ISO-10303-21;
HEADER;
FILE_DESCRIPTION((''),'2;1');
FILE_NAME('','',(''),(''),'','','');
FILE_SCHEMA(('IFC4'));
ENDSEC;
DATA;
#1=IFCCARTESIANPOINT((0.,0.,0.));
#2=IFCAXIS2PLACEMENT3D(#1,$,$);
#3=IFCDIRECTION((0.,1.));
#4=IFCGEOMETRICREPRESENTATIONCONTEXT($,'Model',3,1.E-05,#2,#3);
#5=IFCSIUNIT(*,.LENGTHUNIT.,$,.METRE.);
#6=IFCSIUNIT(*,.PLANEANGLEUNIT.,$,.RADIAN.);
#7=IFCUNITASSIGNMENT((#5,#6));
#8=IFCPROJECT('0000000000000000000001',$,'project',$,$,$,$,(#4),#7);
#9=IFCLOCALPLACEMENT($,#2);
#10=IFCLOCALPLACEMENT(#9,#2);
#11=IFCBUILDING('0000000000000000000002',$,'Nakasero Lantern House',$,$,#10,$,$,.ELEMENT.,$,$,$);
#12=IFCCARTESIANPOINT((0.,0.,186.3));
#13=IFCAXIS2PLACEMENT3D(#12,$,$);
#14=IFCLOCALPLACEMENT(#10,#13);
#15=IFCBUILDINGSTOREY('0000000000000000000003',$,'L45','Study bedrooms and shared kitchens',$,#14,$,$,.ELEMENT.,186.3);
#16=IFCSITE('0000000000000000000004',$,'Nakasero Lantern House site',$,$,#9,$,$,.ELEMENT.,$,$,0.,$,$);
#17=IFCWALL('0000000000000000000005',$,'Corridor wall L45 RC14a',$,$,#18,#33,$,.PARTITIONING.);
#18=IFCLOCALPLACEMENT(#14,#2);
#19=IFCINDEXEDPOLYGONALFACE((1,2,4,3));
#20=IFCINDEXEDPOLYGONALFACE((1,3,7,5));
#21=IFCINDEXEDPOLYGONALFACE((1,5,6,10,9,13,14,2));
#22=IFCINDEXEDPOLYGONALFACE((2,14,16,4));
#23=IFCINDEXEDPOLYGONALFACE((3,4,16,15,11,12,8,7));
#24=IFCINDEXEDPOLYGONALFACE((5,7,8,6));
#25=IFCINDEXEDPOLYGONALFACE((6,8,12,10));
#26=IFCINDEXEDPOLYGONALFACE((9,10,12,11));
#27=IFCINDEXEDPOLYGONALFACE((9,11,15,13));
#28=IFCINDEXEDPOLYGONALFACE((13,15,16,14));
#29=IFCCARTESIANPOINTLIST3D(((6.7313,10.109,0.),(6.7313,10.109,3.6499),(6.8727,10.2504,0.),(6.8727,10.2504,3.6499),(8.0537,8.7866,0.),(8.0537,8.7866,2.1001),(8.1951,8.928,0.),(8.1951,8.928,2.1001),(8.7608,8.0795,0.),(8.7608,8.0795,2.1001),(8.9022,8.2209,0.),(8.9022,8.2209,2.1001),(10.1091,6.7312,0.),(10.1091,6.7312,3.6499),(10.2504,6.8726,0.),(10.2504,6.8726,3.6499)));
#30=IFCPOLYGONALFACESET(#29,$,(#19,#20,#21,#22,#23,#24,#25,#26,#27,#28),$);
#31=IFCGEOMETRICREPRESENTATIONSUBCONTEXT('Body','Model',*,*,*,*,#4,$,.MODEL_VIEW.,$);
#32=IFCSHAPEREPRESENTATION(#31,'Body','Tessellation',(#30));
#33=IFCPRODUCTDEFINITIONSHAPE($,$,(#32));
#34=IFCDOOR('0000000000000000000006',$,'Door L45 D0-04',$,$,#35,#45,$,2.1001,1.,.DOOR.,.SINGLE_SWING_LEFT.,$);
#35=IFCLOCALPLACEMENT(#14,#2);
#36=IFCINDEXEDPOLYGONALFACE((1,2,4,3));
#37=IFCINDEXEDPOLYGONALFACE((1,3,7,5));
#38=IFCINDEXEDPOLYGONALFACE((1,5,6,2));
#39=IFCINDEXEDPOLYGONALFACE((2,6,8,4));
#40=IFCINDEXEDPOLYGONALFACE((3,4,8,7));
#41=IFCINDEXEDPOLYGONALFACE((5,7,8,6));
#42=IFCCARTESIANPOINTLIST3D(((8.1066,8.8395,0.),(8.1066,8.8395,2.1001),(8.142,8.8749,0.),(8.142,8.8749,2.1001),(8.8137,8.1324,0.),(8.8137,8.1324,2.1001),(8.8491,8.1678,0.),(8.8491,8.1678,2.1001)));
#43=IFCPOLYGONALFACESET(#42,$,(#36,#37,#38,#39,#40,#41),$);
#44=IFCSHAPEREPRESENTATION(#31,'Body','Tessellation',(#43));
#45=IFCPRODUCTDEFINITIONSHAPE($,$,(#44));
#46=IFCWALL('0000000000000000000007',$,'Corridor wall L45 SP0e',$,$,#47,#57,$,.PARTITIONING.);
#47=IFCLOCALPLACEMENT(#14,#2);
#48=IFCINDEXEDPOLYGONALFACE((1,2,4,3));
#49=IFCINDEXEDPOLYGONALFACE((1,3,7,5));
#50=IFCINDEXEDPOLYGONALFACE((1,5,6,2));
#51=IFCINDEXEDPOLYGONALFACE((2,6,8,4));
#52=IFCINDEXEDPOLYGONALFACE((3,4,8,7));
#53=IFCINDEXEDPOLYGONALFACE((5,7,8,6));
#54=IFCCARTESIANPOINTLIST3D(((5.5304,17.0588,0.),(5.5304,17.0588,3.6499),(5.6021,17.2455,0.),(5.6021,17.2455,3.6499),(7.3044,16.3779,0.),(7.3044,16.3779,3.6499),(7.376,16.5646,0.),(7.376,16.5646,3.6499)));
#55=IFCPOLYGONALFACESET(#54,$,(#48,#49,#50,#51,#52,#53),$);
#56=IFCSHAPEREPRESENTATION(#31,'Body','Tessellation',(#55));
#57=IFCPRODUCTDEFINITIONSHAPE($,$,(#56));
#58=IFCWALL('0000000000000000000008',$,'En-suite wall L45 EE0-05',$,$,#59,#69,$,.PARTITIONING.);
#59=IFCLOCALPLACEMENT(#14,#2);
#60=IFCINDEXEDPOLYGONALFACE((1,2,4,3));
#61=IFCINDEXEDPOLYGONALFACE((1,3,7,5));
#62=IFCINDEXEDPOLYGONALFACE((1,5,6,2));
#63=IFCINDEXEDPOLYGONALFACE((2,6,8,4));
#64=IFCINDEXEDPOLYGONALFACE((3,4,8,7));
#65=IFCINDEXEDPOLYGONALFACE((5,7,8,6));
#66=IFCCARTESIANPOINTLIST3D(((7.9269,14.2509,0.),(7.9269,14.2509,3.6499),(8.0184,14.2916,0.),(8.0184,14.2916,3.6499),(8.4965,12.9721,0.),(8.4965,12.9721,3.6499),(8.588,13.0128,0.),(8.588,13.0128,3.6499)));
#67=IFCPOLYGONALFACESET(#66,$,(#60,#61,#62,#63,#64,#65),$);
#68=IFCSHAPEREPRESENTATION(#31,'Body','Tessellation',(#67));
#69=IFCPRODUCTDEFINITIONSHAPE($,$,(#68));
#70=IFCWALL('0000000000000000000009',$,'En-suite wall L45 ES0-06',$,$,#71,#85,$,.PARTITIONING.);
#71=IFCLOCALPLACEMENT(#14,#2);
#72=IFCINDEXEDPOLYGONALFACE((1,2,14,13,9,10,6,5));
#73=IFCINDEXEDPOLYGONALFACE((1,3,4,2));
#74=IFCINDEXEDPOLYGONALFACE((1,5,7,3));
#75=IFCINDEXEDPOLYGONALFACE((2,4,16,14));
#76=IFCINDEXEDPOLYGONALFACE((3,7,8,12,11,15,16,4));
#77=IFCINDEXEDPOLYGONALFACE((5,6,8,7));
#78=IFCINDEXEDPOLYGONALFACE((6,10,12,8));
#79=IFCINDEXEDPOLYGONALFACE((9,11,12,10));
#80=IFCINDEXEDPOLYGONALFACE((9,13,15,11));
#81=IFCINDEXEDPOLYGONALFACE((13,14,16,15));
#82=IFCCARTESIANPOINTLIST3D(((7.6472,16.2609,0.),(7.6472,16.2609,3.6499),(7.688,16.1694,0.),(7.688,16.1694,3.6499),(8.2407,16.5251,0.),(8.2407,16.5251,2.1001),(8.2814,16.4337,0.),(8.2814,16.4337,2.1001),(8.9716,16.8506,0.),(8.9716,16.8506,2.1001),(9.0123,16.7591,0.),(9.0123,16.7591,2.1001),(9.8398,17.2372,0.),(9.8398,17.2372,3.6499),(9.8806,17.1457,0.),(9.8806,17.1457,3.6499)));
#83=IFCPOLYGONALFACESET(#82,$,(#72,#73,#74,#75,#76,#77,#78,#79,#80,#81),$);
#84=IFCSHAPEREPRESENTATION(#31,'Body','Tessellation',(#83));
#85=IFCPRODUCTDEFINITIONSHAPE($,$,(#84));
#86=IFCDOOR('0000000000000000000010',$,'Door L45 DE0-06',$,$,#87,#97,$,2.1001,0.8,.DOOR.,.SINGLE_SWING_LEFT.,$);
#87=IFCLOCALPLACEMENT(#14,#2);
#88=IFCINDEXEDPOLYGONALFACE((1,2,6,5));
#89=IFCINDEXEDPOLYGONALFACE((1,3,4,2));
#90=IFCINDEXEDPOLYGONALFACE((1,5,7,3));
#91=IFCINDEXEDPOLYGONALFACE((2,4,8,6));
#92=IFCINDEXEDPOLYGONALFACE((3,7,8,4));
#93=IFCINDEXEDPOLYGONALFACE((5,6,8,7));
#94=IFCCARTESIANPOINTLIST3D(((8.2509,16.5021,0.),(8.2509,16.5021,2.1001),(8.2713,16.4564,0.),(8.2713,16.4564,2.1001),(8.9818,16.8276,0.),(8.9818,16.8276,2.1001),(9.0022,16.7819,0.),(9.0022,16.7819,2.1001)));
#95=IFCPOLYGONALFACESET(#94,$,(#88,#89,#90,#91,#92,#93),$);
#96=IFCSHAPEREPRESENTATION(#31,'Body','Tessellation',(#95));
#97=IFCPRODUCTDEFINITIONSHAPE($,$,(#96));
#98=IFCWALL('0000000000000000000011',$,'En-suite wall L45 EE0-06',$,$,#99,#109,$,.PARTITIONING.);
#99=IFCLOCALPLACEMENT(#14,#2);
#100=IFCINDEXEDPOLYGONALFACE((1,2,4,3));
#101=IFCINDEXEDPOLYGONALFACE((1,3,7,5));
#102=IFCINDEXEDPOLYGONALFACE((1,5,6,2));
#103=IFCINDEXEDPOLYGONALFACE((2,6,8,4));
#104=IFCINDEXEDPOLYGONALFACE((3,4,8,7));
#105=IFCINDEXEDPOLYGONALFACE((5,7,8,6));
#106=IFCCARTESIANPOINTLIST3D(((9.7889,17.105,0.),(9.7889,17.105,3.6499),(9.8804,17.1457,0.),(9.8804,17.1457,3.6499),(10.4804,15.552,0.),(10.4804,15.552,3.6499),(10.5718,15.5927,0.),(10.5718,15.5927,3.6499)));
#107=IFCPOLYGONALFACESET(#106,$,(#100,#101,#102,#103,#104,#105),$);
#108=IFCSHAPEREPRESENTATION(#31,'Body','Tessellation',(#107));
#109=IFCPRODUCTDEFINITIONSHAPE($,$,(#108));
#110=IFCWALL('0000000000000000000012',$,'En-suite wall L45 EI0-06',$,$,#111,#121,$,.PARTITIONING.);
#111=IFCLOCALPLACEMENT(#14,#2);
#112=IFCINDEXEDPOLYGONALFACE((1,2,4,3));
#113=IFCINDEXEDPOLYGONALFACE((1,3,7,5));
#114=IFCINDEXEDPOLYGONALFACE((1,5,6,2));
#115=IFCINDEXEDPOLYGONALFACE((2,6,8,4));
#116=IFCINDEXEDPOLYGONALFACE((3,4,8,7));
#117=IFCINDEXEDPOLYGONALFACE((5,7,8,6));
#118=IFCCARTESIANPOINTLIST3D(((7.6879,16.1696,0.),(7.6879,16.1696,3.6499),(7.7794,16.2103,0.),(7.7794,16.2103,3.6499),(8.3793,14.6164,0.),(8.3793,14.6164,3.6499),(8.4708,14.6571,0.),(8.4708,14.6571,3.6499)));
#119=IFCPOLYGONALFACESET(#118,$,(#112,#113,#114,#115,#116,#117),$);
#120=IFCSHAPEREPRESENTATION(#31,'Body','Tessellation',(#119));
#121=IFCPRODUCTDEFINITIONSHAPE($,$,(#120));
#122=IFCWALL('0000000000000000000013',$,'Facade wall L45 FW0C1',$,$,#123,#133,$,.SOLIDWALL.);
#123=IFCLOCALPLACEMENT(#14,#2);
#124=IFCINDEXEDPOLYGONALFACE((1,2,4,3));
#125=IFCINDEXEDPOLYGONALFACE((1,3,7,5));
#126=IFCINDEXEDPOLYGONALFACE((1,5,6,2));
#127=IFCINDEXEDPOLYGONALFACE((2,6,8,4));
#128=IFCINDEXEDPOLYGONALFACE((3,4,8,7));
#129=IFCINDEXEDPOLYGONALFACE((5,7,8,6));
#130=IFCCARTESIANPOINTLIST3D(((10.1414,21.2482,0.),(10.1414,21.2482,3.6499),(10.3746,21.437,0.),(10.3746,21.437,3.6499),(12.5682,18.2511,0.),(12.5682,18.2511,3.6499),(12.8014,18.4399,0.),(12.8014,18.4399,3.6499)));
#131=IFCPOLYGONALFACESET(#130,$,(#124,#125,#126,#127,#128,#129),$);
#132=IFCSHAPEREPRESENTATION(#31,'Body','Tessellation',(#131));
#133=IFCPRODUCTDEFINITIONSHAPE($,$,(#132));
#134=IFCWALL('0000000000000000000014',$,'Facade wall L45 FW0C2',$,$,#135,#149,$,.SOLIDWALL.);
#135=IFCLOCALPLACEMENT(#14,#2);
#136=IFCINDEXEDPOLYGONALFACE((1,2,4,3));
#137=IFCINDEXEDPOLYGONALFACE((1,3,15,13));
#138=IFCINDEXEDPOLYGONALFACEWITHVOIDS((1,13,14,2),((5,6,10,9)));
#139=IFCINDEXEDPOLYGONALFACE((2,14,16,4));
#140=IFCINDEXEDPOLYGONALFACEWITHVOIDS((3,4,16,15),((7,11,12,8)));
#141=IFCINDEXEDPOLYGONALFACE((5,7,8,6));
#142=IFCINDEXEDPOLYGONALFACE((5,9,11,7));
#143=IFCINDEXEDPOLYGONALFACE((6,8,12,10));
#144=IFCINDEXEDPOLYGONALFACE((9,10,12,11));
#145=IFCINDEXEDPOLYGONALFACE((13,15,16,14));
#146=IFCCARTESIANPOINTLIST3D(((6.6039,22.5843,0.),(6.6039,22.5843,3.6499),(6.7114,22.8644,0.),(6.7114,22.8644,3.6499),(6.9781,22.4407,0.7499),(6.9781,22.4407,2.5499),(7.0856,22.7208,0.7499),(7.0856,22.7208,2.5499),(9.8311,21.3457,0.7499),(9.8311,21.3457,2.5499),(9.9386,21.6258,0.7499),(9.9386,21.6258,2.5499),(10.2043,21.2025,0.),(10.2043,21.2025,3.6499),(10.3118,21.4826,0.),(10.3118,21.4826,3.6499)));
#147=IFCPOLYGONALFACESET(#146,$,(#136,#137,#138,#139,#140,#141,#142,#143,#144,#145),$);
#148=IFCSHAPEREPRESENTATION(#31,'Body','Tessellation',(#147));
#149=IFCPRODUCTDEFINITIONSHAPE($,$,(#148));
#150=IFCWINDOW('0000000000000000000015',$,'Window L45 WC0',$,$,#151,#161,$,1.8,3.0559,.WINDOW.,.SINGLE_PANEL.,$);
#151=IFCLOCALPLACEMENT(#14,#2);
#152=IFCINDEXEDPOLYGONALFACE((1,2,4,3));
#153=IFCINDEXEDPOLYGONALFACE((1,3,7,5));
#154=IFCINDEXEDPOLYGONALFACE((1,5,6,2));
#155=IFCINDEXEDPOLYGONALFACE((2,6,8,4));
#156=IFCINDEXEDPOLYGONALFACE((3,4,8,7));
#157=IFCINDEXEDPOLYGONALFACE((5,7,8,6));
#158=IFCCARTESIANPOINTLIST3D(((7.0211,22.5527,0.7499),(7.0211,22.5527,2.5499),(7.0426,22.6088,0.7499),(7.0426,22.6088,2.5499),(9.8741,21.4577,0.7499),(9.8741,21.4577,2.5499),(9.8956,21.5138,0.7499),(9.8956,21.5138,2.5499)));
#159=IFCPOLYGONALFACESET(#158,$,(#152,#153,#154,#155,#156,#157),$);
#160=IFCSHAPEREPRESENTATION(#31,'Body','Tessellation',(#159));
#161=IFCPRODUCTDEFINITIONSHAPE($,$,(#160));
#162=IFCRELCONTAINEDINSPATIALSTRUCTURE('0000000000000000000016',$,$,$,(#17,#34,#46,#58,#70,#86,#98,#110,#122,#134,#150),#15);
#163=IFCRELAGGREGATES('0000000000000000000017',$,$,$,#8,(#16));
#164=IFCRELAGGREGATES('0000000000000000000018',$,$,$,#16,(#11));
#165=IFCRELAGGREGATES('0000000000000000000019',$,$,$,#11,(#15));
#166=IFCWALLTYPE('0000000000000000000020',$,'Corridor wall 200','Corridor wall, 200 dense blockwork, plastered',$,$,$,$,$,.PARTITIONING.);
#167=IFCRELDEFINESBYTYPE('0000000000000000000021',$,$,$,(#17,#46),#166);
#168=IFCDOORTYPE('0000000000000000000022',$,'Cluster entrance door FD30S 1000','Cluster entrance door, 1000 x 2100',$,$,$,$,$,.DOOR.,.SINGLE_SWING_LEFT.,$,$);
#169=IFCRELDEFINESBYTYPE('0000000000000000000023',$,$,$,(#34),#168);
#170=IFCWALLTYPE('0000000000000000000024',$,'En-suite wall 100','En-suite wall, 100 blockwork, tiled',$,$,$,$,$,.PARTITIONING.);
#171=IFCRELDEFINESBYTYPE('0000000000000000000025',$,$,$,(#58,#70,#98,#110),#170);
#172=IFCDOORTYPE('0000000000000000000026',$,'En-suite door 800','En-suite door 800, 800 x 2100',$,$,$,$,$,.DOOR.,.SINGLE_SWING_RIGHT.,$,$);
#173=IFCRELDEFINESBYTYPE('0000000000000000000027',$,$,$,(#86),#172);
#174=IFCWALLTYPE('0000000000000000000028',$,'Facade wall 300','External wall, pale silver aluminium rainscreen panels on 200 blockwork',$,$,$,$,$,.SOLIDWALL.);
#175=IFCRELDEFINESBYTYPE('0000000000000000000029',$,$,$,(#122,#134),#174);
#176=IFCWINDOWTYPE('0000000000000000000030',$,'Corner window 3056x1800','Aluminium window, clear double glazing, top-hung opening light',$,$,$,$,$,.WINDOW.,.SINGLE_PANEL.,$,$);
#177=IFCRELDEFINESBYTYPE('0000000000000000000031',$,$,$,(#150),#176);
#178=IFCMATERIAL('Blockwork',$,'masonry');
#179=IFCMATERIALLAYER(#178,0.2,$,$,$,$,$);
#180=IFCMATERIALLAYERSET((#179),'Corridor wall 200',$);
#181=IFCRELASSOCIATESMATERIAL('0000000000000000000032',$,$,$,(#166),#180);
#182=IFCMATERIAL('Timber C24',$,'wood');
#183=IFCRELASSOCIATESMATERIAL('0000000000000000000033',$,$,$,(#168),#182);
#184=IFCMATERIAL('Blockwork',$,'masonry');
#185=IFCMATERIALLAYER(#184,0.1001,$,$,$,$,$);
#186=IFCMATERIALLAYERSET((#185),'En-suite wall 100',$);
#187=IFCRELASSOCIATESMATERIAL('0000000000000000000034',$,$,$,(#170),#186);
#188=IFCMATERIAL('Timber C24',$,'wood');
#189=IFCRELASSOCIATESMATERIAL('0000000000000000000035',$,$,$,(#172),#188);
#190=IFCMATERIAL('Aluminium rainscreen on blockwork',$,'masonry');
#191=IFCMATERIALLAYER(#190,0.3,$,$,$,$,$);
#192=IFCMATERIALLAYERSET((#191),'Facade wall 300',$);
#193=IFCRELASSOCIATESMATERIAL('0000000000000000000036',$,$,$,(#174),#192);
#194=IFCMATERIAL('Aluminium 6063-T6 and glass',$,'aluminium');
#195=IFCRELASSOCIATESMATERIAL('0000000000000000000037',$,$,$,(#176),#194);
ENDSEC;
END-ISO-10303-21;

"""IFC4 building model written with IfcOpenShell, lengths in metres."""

from ifc_helpers import new_model, si_unit, direction, frame, frame_2d, origin, place, context, subcontext, project, spatial, rectangle, extrude, material, layer, layer_set, type_object, element, fill, save


model = new_model("IFC4")

# Units and contexts
model_context = context("Model", 3, precision=1e-05, world=origin(), true_north=direction((0.0, 1.0)))
body_context = subcontext(model_context, "Body", "Model", "MODEL_VIEW")
ifc_project = project(units=[si_unit("LENGTHUNIT", "METRE"), si_unit("PLANEANGLEUNIT", "RADIAN")], contexts=[model_context])

# Site, building, storey
site_placement = place(None, origin())
site = spatial("IfcSite", under=ifc_project, at=site_placement, Name="Nakasero Lantern House site", CompositionType="ELEMENT", RefElevation=0.0)
building_placement = place(site_placement, origin())
building = spatial("IfcBuilding", under=site, at=building_placement, Name="Nakasero Lantern House", CompositionType="ELEMENT")
storey_placement = place(building_placement, frame((0.0, 0.0, 186.3)))
storey = spatial("IfcBuildingStorey", under=building, at=storey_placement, Name="L45", Description="Study bedrooms and shared kitchens", CompositionType="ELEMENT", Elevation=186.3)

# Wall, opening, door
ifc_material_1 = material(Name="Blockwork", Category="masonry")
ifc_layer_1 = layer(ifc_material_1, 0.2)
ifc_layer_set_1 = layer_set([ifc_layer_1], Name="Corridor wall 200")
wall_type_1 = type_object("IfcWallType", Name="Corridor wall 200", Description="Corridor wall, 200 dense blockwork, plastered", PredefinedType="PARTITIONING", material=ifc_layer_set_1)
wall_1_placement = place(storey_placement, frame((6.802, 10.1797, 0.0), z_axis=(0.0, 0.0, 1.0), x_axis=(0.707107, -0.707107, 0.0)))
wall_1 = element("IfcWall", 1, at=wall_1_placement, inside=storey, type_object=wall_type_1, Name="Corridor wall L45 RC14a", PredefinedType="PARTITIONING", context=body_context, shape_type="SweptSolid", body=[
    extrude(rectangle(XDim=4.7769, YDim=0.2, at=frame_2d((2.3884, 0.0))), origin(), (0.0, 0.0, 1.0), 3.6499),
])
opening_1_placement = place(wall_1_placement, frame((1.8701, 0.0, 0.0)))
opening_1 = element("IfcOpeningElement", 2, at=opening_1_placement, cuts=wall_1, PredefinedType="OPENING", context=body_context, shape_type="SweptSolid", body=[
    extrude(rectangle(XDim=1.0, YDim=2.1001, at=frame_2d((0.5, 1.05))), frame((0.0, 0.1199, 0.0), z_axis=(0.0, -1.0, 0.0), x_axis=(1.0, 0.0, 0.0)), (0.0, 0.0, 1.0), 0.24),
])
ifc_material_2 = material(Name="Timber C24", Category="wood")
door_type_1 = type_object("IfcDoorType", Name="Cluster entrance door FD30S 1000", Description="Cluster entrance door, 1000 x 2100", OperationType="SINGLE_SWING_LEFT", PredefinedType="DOOR", material=ifc_material_2)
door_1_placement = place(opening_1_placement, origin())
door_1 = element("IfcDoor", 3, at=door_1_placement, inside=storey, type_object=door_type_1, Name="Door L45 D0-04", OperationType="SINGLE_SWING_LEFT", OverallHeight=2.1001, OverallWidth=1.0, PredefinedType="DOOR", context=body_context, shape_type="SweptSolid", body=[
    extrude(rectangle(XDim=1.0, YDim=2.1001, at=frame_2d((0.5, 1.05))), frame((0.0, 0.0249, 0.0), z_axis=(0.0, -1.0, 0.0), x_axis=(1.0, 0.0, 0.0)), (0.0, 0.0, 1.0), 0.05),
])
fill(opening_1, door_1)

# Walls
wall_2_placement = place(storey_placement, frame((7.3403, 16.4712, 0.0), z_axis=(0.0, 0.0, 1.0), x_axis=(-0.933587, 0.35835, 0.0)))
element("IfcWall", 4, at=wall_2_placement, inside=storey, type_object=wall_type_1, Name="Corridor wall L45 SP0e", PredefinedType="PARTITIONING", context=body_context, shape_type="SweptSolid", body=[
    extrude(rectangle(XDim=1.9001, YDim=0.2, at=frame_2d((0.9502, 0.0))), origin(), (0.0, 0.0, 1.0), 3.6499),
])
ifc_material_3 = material(Name="Blockwork", Category="masonry")
ifc_layer_2 = layer(ifc_material_3, 0.1001)
ifc_layer_set_2 = layer_set([ifc_layer_2], Name="En-suite wall 100")
wall_type_2 = type_object("IfcWallType", Name="En-suite wall 100", Description="En-suite wall, 100 blockwork, tiled", PredefinedType="PARTITIONING", material=ifc_layer_set_2)
wall_3_placement = place(storey_placement, frame((8.5422, 12.9924, 0.0), z_axis=(0.0, 0.0, 1.0), x_axis=(-0.406866, 0.913488, 0.0)))
element("IfcWall", 5, at=wall_3_placement, inside=storey, type_object=wall_type_2, Name="En-suite wall L45 EE0-05", PredefinedType="PARTITIONING", context=body_context, shape_type="SweptSolid", body=[
    extrude(rectangle(XDim=1.3999, YDim=0.1001, at=frame_2d((0.7, 0.0))), origin(), (0.0, 0.0, 1.0), 3.6499),
])

# Wall, opening, door
wall_4_placement = place(storey_placement, frame((7.6675, 16.2151, 0.0), z_axis=(0.0, 0.0, 1.0), x_axis=(0.91353, 0.406771, 0.0)))
wall_4 = element("IfcWall", 6, at=wall_4_placement, inside=storey, type_object=wall_type_2, Name="En-suite wall L45 ES0-06", PredefinedType="PARTITIONING", context=body_context, shape_type="SweptSolid", body=[
    extrude(rectangle(XDim=2.4001, YDim=0.1001, at=frame_2d((1.2002, 0.0))), origin(), (0.0, 0.0, 1.0), 3.6499),
])
opening_2_placement = place(wall_4_placement, frame((0.6499, 0.0, 0.0)))
opening_2 = element("IfcOpeningElement", 7, at=opening_2_placement, cuts=wall_4, PredefinedType="OPENING", context=body_context, shape_type="SweptSolid", body=[
    extrude(rectangle(XDim=0.8, YDim=2.1001, at=frame_2d((0.3999, 1.05))), frame((0.0, 0.0701, 0.0), z_axis=(0.0, -1.0, 0.0), x_axis=(1.0, 0.0, 0.0)), (0.0, 0.0, 1.0), 0.1401),
])
ifc_material_4 = material(Name="Timber C24", Category="wood")
door_type_2 = type_object("IfcDoorType", Name="En-suite door 800", Description="En-suite door 800, 800 x 2100", OperationType="SINGLE_SWING_RIGHT", PredefinedType="DOOR", material=ifc_material_4)
door_2_placement = place(opening_2_placement, origin())
door_2 = element("IfcDoor", 8, at=door_2_placement, inside=storey, type_object=door_type_2, Name="Door L45 DE0-06", OperationType="SINGLE_SWING_LEFT", OverallHeight=2.1001, OverallWidth=0.8, PredefinedType="DOOR", context=body_context, shape_type="SweptSolid", body=[
    extrude(rectangle(XDim=0.8, YDim=2.1001, at=frame_2d((0.3999, 1.05))), frame((0.0, 0.0249, 0.0), z_axis=(0.0, -1.0, 0.0), x_axis=(1.0, 0.0, 0.0)), (0.0, 0.0, 1.0), 0.05),
])
fill(opening_2, door_2)

# Walls
wall_5_placement = place(storey_placement, frame((10.5261, 15.5723, 0.0), z_axis=(0.0, 0.0, 1.0), x_axis=(-0.406725, 0.913551, 0.0)))
element("IfcWall", 9, at=wall_5_placement, inside=storey, type_object=wall_type_2, Name="En-suite wall L45 EE0-06", PredefinedType="PARTITIONING", context=body_context, shape_type="SweptSolid", body=[
    extrude(rectangle(XDim=1.7, YDim=0.1001, at=frame_2d((0.8501, 0.0))), origin(), (0.0, 0.0, 1.0), 3.6499),
])
wall_6_placement = place(storey_placement, frame((8.425, 14.6367, 0.0), z_axis=(0.0, 0.0, 1.0), x_axis=(-0.406671, 0.913575, 0.0)))
element("IfcWall", 10, at=wall_6_placement, inside=storey, type_object=wall_type_2, Name="En-suite wall L45 EI0-06", PredefinedType="PARTITIONING", context=body_context, shape_type="SweptSolid", body=[
    extrude(rectangle(XDim=1.7002, YDim=0.1001, at=frame_2d((0.8501, 0.0))), origin(), (0.0, 0.0, 1.0), 3.6499),
])
ifc_material_5 = material(Name="Aluminium rainscreen on blockwork", Category="masonry")
ifc_layer_3 = layer(ifc_material_5, 0.3)
ifc_layer_set_3 = layer_set([ifc_layer_3], Name="Facade wall 300")
wall_type_3 = type_object("IfcWallType", Name="Facade wall 300", Description="External wall, pale silver aluminium rainscreen panels on 200 blockwork", PredefinedType="SOLIDWALL", material=ifc_layer_set_3)
wall_7_placement = place(storey_placement, frame((12.6848, 18.3455, 0.0), z_axis=(0.0, 0.0, 1.0), x_axis=(-0.629286, 0.777174, 0.0)))
element("IfcWall", 11, at=wall_7_placement, inside=storey, type_object=wall_type_3, Name="Facade wall L45 FW0C1", PredefinedType="SOLIDWALL", context=body_context, shape_type="SweptSolid", body=[
    extrude(rectangle(XDim=3.8564, YDim=0.3, at=frame_2d((1.9282, 0.0))), origin(), (0.0, 0.0, 1.0), 3.6499),
])

# Wall, opening, window
wall_8_placement = place(storey_placement, frame((10.2581, 21.3425, 0.0), z_axis=(0.0, 0.0, 1.0), x_axis=(-0.933598, 0.358321, 0.0)))
wall_8 = element("IfcWall", 12, at=wall_8_placement, inside=storey, type_object=wall_type_3, Name="Facade wall L45 FW0C2", PredefinedType="SOLIDWALL", context=body_context, shape_type="SweptSolid", body=[
    extrude(rectangle(XDim=3.8564, YDim=0.3, at=frame_2d((1.9282, 0.0))), origin(), (0.0, 0.0, 1.0), 3.6499),
])
opening_3_placement = place(wall_8_placement, frame((0.3999, 0.0, 0.75)))
opening_3 = element("IfcOpeningElement", 13, at=opening_3_placement, cuts=wall_8, PredefinedType="OPENING", context=body_context, shape_type="SweptSolid", body=[
    extrude(rectangle(XDim=3.0559, YDim=1.8, at=frame_2d((1.5278, 0.8999))), frame((0.0, 0.1699, 0.0), z_axis=(0.0, -1.0, 0.0), x_axis=(1.0, 0.0, 0.0)), (0.0, 0.0, 1.0), 0.3401),
])
ifc_material_6 = material(Name="Aluminium 6063-T6 and glass", Category="aluminium")
window_type = type_object("IfcWindowType", Name="Corner window 3056x1800", Description="Aluminium window, clear double glazing, top-hung opening light", PartitioningType="SINGLE_PANEL", PredefinedType="WINDOW", material=ifc_material_6)
window_placement = place(opening_3_placement, origin())
window = element("IfcWindow", 14, at=window_placement, inside=storey, type_object=window_type, Name="Window L45 WC0", OverallHeight=1.8, OverallWidth=3.0559, PartitioningType="SINGLE_PANEL", PredefinedType="WINDOW", context=body_context, shape_type="SweptSolid", body=[
    extrude(rectangle(XDim=3.0559, YDim=1.8, at=frame_2d((1.5278, 0.8999))), frame((0.0, 0.03, 0.0), z_axis=(0.0, -1.0, 0.0), x_axis=(1.0, 0.0, 0.0)), (0.0, 0.0, 1.0), 0.0601),
])
fill(opening_3, window)

save(model, "model.ifc")
